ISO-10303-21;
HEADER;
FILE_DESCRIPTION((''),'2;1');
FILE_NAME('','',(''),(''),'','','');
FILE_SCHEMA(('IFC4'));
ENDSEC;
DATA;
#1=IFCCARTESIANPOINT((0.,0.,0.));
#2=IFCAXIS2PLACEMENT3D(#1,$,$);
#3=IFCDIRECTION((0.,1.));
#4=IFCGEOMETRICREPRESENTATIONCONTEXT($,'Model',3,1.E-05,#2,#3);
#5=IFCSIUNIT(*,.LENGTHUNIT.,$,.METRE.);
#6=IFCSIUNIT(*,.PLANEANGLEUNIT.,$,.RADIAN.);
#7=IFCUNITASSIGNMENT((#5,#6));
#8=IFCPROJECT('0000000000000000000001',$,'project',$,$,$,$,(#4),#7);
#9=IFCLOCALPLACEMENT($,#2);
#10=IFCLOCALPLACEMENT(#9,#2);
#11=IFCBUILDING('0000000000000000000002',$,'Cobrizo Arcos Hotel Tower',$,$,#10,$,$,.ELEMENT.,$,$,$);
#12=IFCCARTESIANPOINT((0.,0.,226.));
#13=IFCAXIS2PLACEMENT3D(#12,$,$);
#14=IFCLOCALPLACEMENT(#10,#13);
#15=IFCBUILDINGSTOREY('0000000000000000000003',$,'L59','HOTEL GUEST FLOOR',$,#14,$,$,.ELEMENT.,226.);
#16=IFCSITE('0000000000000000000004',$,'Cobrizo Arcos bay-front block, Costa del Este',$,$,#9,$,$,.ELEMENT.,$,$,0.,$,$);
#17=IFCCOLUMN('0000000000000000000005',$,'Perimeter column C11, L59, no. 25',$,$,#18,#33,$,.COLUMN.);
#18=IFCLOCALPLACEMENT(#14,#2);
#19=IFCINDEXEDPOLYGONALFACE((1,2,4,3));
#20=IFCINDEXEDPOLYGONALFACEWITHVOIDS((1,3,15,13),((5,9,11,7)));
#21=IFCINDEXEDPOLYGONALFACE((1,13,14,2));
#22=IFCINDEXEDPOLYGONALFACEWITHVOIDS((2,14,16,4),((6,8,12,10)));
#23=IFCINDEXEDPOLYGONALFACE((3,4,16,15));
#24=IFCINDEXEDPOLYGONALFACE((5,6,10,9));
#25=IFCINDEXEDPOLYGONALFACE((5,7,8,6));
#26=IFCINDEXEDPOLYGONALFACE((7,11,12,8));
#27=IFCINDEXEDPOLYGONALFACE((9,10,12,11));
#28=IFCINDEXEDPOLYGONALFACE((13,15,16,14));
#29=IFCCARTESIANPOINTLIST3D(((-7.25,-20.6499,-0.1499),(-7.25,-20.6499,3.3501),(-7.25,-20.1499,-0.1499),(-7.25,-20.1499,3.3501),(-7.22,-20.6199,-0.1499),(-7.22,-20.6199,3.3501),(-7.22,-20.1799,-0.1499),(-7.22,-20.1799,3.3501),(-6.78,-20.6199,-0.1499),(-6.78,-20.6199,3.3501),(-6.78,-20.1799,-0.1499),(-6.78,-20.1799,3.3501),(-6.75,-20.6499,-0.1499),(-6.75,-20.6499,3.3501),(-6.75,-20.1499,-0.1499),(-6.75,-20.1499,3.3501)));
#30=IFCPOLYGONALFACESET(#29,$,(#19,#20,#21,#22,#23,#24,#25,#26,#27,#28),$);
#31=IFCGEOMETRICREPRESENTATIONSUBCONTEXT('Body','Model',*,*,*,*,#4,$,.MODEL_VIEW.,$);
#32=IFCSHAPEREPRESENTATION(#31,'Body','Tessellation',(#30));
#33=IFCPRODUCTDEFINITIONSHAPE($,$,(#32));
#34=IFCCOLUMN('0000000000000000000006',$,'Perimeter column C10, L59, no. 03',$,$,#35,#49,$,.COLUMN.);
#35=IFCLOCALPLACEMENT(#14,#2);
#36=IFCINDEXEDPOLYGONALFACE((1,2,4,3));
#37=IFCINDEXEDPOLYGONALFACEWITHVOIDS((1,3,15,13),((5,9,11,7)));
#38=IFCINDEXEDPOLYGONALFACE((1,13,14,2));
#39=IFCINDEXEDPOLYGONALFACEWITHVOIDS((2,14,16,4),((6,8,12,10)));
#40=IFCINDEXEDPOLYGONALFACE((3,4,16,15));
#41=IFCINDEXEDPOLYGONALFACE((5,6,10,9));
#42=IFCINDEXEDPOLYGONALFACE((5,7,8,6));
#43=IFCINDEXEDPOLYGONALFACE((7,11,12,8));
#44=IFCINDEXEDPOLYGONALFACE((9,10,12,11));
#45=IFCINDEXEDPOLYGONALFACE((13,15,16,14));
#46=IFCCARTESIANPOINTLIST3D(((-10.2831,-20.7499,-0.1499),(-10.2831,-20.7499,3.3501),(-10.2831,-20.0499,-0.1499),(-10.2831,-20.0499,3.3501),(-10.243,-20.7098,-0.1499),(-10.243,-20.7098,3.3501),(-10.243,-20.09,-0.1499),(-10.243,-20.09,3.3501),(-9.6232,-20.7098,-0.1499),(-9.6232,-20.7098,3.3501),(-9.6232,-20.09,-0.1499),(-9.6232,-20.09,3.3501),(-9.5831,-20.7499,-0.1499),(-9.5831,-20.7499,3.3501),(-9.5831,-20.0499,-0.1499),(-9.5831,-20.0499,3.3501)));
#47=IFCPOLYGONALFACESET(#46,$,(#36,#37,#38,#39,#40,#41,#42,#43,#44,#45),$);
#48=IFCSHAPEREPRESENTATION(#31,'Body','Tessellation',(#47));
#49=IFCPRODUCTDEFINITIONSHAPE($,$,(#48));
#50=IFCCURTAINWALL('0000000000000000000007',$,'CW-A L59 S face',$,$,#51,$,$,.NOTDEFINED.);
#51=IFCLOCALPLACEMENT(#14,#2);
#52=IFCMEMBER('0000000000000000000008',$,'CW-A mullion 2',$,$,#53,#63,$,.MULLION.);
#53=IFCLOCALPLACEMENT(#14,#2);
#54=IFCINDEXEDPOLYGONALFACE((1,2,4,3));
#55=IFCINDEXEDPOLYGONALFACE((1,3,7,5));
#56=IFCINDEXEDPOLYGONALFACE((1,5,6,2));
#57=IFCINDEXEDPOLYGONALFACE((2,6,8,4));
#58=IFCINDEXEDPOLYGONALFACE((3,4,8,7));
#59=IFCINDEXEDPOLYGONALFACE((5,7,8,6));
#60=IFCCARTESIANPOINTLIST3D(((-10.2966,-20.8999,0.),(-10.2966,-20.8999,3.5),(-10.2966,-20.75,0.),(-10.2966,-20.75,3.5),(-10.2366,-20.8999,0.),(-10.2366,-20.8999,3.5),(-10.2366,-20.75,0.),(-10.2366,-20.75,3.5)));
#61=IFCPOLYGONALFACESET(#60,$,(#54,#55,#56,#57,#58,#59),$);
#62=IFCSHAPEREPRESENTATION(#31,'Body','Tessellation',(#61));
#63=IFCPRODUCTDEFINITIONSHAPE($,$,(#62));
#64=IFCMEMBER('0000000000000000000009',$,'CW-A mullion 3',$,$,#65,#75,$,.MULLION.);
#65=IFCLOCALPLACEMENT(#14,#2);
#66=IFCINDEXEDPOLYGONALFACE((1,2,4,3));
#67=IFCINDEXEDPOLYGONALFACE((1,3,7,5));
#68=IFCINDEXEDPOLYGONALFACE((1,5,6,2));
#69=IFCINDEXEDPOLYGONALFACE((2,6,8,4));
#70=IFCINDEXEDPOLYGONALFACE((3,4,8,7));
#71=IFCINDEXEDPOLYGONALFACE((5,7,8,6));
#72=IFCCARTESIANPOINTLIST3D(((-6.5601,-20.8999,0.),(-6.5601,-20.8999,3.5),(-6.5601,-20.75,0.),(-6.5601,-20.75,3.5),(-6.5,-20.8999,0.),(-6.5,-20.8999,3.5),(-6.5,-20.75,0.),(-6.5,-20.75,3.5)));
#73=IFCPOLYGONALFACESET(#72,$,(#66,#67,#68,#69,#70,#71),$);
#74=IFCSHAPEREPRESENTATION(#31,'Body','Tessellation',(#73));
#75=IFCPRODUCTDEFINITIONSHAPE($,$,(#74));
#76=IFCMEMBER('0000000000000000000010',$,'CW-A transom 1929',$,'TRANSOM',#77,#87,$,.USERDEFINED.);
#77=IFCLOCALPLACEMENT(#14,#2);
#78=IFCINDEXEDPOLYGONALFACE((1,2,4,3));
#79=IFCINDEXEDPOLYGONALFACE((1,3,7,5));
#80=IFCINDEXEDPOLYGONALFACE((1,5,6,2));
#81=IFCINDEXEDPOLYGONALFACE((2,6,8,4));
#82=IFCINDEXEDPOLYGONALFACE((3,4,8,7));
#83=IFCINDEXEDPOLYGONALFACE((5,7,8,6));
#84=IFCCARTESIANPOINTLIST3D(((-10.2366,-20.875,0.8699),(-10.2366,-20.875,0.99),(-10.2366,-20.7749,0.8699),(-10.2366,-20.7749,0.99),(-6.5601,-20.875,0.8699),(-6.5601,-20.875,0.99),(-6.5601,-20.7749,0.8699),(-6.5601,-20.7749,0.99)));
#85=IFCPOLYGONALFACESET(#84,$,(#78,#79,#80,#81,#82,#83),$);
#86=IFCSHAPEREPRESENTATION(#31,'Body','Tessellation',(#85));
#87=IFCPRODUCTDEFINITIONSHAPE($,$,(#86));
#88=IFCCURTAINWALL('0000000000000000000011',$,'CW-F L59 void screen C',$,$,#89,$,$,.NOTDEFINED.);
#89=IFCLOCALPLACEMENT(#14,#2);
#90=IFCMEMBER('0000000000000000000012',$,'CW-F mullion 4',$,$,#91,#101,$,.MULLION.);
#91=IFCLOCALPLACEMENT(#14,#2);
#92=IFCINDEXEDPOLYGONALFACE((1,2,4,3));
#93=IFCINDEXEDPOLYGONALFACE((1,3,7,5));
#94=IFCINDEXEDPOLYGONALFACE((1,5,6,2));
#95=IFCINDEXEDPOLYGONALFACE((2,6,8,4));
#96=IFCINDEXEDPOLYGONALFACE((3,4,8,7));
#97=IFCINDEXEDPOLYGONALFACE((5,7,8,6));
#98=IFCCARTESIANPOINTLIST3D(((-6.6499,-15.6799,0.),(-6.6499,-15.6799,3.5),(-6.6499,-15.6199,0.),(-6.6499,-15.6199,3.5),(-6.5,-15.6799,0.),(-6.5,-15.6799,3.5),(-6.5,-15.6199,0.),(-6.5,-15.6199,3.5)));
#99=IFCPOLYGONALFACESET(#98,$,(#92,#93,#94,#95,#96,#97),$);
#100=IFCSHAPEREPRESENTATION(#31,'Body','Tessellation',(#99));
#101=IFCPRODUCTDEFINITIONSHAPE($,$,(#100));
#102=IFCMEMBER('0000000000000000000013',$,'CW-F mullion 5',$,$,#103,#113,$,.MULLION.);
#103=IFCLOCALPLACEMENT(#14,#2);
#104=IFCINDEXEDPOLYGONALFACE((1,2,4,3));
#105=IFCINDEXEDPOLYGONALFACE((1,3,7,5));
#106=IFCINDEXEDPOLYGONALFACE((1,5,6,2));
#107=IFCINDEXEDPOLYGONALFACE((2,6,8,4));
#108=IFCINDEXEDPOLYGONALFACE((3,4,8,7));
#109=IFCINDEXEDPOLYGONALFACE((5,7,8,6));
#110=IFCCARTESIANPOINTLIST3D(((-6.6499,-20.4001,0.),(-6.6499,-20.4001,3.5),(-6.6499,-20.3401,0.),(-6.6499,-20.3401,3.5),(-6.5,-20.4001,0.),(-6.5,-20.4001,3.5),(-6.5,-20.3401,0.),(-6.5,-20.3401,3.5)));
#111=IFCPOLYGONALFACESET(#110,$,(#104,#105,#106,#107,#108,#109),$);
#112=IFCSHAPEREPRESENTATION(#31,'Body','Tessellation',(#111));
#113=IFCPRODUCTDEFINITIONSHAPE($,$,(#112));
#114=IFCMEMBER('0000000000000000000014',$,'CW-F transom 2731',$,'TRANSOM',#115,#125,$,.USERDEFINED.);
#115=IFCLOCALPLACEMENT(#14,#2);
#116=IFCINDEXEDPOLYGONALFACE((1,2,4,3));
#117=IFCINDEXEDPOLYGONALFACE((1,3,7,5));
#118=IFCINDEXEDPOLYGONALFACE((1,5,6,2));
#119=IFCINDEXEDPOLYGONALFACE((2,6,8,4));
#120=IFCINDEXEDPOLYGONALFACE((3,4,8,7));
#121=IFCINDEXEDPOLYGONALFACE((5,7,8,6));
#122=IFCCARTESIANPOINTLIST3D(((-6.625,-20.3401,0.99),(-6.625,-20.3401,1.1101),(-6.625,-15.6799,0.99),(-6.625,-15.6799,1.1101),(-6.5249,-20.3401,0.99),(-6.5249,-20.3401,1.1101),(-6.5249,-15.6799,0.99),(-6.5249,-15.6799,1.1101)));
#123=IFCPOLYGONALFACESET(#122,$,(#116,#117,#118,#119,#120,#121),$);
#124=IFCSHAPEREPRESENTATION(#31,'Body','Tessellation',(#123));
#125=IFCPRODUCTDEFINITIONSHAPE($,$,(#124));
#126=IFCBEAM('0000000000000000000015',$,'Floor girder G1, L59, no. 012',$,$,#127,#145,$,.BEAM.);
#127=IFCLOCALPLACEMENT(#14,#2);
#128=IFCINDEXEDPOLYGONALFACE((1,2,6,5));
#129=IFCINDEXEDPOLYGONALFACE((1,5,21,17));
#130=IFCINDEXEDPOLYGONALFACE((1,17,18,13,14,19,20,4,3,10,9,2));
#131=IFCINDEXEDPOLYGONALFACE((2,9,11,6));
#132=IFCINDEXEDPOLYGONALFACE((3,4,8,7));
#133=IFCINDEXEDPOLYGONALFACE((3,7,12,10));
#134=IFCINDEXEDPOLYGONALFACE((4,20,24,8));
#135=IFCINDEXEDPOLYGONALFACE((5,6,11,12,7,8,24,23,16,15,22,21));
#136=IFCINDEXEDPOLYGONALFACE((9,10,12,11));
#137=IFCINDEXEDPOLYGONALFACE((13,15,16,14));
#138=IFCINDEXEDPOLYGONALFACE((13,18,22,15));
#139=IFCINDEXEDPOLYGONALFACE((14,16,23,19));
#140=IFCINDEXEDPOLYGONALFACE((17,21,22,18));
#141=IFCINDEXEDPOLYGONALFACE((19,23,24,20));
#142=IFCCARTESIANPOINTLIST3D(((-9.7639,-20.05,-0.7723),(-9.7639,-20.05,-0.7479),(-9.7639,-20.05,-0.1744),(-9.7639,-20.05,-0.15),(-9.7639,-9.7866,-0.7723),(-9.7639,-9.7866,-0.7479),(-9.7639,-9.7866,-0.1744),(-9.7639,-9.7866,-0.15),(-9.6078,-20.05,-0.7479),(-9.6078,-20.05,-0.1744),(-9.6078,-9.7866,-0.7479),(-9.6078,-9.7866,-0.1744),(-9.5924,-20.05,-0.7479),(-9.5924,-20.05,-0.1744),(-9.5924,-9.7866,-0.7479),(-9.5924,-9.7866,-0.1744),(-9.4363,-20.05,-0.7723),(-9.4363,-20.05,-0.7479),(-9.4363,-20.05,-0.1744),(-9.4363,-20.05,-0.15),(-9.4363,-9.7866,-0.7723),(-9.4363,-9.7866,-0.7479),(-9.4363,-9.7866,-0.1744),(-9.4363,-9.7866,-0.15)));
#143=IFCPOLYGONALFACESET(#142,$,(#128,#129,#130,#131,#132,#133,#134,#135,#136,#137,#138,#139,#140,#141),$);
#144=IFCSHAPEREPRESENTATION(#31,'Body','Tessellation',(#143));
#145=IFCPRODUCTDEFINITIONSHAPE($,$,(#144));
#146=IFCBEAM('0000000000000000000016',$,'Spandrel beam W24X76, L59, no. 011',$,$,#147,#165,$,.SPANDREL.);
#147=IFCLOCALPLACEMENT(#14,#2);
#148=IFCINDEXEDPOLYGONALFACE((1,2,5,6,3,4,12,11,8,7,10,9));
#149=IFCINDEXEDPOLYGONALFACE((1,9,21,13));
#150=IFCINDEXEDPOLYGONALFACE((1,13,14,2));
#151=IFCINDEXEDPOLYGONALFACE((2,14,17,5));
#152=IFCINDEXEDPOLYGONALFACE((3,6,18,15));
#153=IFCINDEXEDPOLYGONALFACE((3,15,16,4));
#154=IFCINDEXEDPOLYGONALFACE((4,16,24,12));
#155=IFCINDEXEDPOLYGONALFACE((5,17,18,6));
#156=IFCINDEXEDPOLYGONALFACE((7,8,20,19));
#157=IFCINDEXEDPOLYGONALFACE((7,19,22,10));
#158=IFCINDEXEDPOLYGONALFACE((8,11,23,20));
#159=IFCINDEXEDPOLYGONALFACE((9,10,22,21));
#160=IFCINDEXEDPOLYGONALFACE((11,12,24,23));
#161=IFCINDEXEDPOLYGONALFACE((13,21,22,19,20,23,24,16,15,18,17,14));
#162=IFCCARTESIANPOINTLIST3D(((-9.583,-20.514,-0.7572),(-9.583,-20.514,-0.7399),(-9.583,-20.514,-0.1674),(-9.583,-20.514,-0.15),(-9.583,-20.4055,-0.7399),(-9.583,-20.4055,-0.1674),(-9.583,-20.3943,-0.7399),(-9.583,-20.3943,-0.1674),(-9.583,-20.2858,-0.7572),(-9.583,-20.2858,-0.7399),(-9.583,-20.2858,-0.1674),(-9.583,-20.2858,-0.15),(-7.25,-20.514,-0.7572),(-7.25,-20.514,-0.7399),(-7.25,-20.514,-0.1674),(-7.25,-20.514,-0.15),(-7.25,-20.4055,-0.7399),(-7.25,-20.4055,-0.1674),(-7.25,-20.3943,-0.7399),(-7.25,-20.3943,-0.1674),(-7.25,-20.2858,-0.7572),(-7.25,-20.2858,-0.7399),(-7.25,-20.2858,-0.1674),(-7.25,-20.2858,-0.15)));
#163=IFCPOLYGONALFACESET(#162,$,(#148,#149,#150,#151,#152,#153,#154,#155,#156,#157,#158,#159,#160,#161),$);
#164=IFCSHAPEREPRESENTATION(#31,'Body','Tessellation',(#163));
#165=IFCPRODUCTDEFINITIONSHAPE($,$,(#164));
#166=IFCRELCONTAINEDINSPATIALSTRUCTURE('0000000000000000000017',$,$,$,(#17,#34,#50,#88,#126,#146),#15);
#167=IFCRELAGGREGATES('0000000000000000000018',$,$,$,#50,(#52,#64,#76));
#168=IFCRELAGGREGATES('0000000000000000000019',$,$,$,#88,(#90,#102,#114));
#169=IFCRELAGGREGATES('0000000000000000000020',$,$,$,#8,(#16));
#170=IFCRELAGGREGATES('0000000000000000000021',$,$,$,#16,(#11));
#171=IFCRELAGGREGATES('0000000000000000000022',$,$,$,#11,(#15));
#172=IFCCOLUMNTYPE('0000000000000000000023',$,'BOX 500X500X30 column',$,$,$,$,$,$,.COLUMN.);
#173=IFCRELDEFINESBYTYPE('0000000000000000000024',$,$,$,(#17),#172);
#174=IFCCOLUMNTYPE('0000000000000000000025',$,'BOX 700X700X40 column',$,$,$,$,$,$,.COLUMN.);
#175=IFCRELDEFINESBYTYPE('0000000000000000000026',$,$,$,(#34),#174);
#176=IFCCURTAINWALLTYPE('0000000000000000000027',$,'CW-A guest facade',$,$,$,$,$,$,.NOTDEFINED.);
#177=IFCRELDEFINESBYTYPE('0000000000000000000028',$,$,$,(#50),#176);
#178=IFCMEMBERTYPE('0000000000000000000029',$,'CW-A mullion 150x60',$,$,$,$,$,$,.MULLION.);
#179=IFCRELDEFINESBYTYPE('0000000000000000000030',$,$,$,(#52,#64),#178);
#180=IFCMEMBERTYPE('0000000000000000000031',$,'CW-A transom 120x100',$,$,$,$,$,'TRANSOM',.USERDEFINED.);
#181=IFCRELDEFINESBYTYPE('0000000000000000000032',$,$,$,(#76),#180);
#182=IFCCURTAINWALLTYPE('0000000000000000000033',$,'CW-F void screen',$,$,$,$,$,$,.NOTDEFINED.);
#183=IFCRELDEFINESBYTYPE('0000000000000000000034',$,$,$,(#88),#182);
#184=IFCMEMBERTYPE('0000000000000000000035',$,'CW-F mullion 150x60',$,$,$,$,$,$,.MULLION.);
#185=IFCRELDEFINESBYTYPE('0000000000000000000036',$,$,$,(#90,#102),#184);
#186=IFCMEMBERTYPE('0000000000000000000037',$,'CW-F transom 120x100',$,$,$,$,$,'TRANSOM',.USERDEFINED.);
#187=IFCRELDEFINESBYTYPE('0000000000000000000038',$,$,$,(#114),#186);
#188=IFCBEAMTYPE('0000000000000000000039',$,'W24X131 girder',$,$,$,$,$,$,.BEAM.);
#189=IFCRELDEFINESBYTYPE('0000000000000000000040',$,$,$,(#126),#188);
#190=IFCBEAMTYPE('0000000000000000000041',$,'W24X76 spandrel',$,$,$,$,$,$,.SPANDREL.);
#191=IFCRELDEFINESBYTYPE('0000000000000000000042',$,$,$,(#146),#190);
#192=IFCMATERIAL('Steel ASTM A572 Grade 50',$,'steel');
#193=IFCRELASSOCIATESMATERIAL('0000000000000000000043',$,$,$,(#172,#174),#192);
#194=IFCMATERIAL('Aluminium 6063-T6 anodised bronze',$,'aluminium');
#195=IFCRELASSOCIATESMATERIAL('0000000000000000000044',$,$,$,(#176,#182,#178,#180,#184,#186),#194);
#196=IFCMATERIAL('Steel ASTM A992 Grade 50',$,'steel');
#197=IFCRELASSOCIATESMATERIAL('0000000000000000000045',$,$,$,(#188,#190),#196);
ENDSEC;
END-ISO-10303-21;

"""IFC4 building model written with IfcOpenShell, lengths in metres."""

from ifc_helpers import new_model, si_unit, direction, frame, origin, origin_2d, place, context, subcontext, project, spatial, rectangle, hollow_rectangle, i_section, extrude, material, material_profile, profile_set, type_object, element, aggregate, save


model = new_model("IFC4")

# Units and contexts
model_context = context("Model", 3, precision=1e-05, world=origin(), true_north=direction((0.0, 1.0)))
body_context = subcontext(model_context, "Body", "Model", "MODEL_VIEW")
ifc_project = project(units=[si_unit("LENGTHUNIT", "METRE"), si_unit("PLANEANGLEUNIT", "RADIAN")], contexts=[model_context])

# Site, building, storey
site_placement = place(None, origin())
site = spatial("IfcSite", under=ifc_project, at=site_placement, Name="Cobrizo Arcos bay-front block, Costa del Este", CompositionType="ELEMENT", RefElevation=0.0)
building_placement = place(site_placement, origin())
building = spatial("IfcBuilding", under=site, at=building_placement, Name="Cobrizo Arcos Hotel Tower", CompositionType="ELEMENT")
storey_placement = place(building_placement, frame((0.0, 0.0, 226.0)))
storey = spatial("IfcBuildingStorey", under=building, at=storey_placement, Name="L59", Description="HOTEL GUEST FLOOR", CompositionType="ELEMENT", Elevation=226.0)

# Columns
ifc_material_1 = material(Name="Steel ASTM A572 Grade 50", Category="steel")
ifc_material_profile_1 = material_profile(ifc_material_1, hollow_rectangle(XDim=0.5, YDim=0.5, WallThickness=0.03, at=origin_2d()), Name="BOX 500X500X30")
ifc_profile_set_1 = profile_set([ifc_material_profile_1], Name="Steel ASTM A572 Grade 50")
column_type_1 = type_object("IfcColumnType", Name="BOX 500X500X30 column", PredefinedType="COLUMN", material=ifc_profile_set_1)
column_1_placement = place(storey_placement, frame((-7.0, -20.3999, -0.1499), z_axis=(0.0, 0.0, 1.0), x_axis=(1.0, 0.0, 0.0)))
element("IfcColumn", 1, at=column_1_placement, inside=storey, type_object=column_type_1, Name="Perimeter column C11, L59, no. 25", PredefinedType="COLUMN", context=body_context, shape_type="SweptSolid", body=[
    extrude(hollow_rectangle(XDim=0.5, YDim=0.5, WallThickness=0.03, at=origin_2d()), origin(), (0.0, 0.0, 1.0), 3.5),
])
ifc_material_profile_2 = material_profile(ifc_material_1, hollow_rectangle(XDim=0.7, YDim=0.7, WallThickness=0.04, at=origin_2d()), Name="BOX 700X700X40")
ifc_profile_set_2 = profile_set([ifc_material_profile_2], Name="Steel ASTM A572 Grade 50")
column_type_2 = type_object("IfcColumnType", Name="BOX 700X700X40 column", PredefinedType="COLUMN", material=ifc_profile_set_2)
column_2_placement = place(storey_placement, frame((-9.9331, -20.3999, -0.1499), z_axis=(0.0, 0.0, 1.0), x_axis=(1.0, 0.0, 0.0)))
element("IfcColumn", 2, at=column_2_placement, inside=storey, type_object=column_type_2, Name="Perimeter column C10, L59, no. 03", PredefinedType="COLUMN", context=body_context, shape_type="SweptSolid", body=[
    extrude(hollow_rectangle(XDim=0.7, YDim=0.7, WallThickness=0.04, at=origin_2d()), origin(), (0.0, 0.0, 1.0), 3.5),
])

# Curtain walls, members
ifc_material_2 = material(Name="Aluminium 6063-T6 anodised bronze", Category="aluminium")
curtain_wall_type_1 = type_object("IfcCurtainWallType", Name="CW-A guest facade", PredefinedType="NOTDEFINED", material=ifc_material_2)
curtain_wall_1_placement = place(storey_placement, origin())
curtain_wall_1 = element("IfcCurtainWall", 3, at=curtain_wall_1_placement, inside=storey, type_object=curtain_wall_type_1, Name="CW-A L59 S face", PredefinedType="NOTDEFINED")
ifc_material_profile_3 = material_profile(ifc_material_2, rectangle(XDim=0.1499, YDim=0.0601, at=origin_2d()), Name="CW-A mullion 150x60")
ifc_profile_set_3 = profile_set([ifc_material_profile_3], Name="Aluminium 6063-T6 anodised bronze")
member_type_1 = type_object("IfcMemberType", Name="CW-A mullion 150x60", PredefinedType="MULLION", material=ifc_profile_set_3)
member_1_placement = place(storey_placement, frame((-10.2666, -20.825, 0.0), z_axis=(0.0, 0.0, 1.0), x_axis=(0.0, -1.0, 0.0)))
member_1 = element("IfcMember", 4, at=member_1_placement, type_object=member_type_1, Name="CW-A mullion 2", PredefinedType="MULLION", context=body_context, shape_type="SweptSolid", body=[
    extrude(rectangle(XDim=0.1499, YDim=0.0601, at=origin_2d()), origin(), (0.0, 0.0, 1.0), 3.5),
])
member_2_placement = place(storey_placement, frame((-6.53, -20.825, 0.0), z_axis=(0.0, 0.0, 1.0), x_axis=(0.0, -1.0, 0.0)))
member_2 = element("IfcMember", 5, at=member_2_placement, type_object=member_type_1, Name="CW-A mullion 3", PredefinedType="MULLION", context=body_context, shape_type="SweptSolid", body=[
    extrude(rectangle(XDim=0.1499, YDim=0.0601, at=origin_2d()), origin(), (0.0, 0.0, 1.0), 3.5),
])
ifc_material_profile_4 = material_profile(ifc_material_2, rectangle(XDim=0.1001, YDim=0.1201, at=origin_2d()), Name="CW-A transom 120x100")
ifc_profile_set_4 = profile_set([ifc_material_profile_4], Name="Aluminium 6063-T6 anodised bronze")
member_type_2 = type_object("IfcMemberType", Name="CW-A transom 120x100", ElementType="TRANSOM", PredefinedType="USERDEFINED", material=ifc_profile_set_4)
member_3_placement = place(storey_placement, frame((-10.2366, -20.825, 0.9299), z_axis=(1.0, 0.0, 0.0), x_axis=(0.0, 1.0, 0.0)))
member_3 = element("IfcMember", 6, at=member_3_placement, type_object=member_type_2, Name="CW-A transom 1929", ObjectType="TRANSOM", PredefinedType="USERDEFINED", context=body_context, shape_type="SweptSolid", body=[
    extrude(rectangle(XDim=0.1001, YDim=0.1201, at=origin_2d()), origin(), (0.0, 0.0, 1.0), 3.6765),
])
curtain_wall_type_2 = type_object("IfcCurtainWallType", Name="CW-F void screen", PredefinedType="NOTDEFINED", material=ifc_material_2)
curtain_wall_2_placement = place(storey_placement, origin())
curtain_wall_2 = element("IfcCurtainWall", 7, at=curtain_wall_2_placement, inside=storey, type_object=curtain_wall_type_2, Name="CW-F L59 void screen C", PredefinedType="NOTDEFINED")
ifc_material_profile_5 = material_profile(ifc_material_2, rectangle(XDim=0.1499, YDim=0.0601, at=origin_2d()), Name="CW-F mullion 150x60")
ifc_profile_set_5 = profile_set([ifc_material_profile_5], Name="Aluminium 6063-T6 anodised bronze")
member_type_3 = type_object("IfcMemberType", Name="CW-F mullion 150x60", PredefinedType="MULLION", material=ifc_profile_set_5)
member_4_placement = place(storey_placement, frame((-6.575, -15.6499, 0.0), z_axis=(0.0, 0.0, 1.0), x_axis=(-1.0, 0.0, 0.0)))
member_4 = element("IfcMember", 8, at=member_4_placement, type_object=member_type_3, Name="CW-F mullion 4", PredefinedType="MULLION", context=body_context, shape_type="SweptSolid", body=[
    extrude(rectangle(XDim=0.1499, YDim=0.0601, at=origin_2d()), origin(), (0.0, 0.0, 1.0), 3.5),
])
member_5_placement = place(storey_placement, frame((-6.575, -20.3701, 0.0), z_axis=(0.0, 0.0, 1.0), x_axis=(-1.0, 0.0, 0.0)))
member_5 = element("IfcMember", 9, at=member_5_placement, type_object=member_type_3, Name="CW-F mullion 5", PredefinedType="MULLION", context=body_context, shape_type="SweptSolid", body=[
    extrude(rectangle(XDim=0.1499, YDim=0.0601, at=origin_2d()), origin(), (0.0, 0.0, 1.0), 3.5),
])
ifc_material_profile_6 = material_profile(ifc_material_2, rectangle(XDim=0.1001, YDim=0.1201, at=origin_2d()), Name="CW-F transom 120x100")
ifc_profile_set_6 = profile_set([ifc_material_profile_6], Name="Aluminium 6063-T6 anodised bronze")
member_type_4 = type_object("IfcMemberType", Name="CW-F transom 120x100", ElementType="TRANSOM", PredefinedType="USERDEFINED", material=ifc_profile_set_6)
member_6_placement = place(storey_placement, frame((-6.575, -15.6799, 1.05), z_axis=(0.0, -1.0, 0.0), x_axis=(1.0, 0.0, 0.0)))
member_6 = element("IfcMember", 10, at=member_6_placement, type_object=member_type_4, Name="CW-F transom 2731", ObjectType="TRANSOM", PredefinedType="USERDEFINED", context=body_context, shape_type="SweptSolid", body=[
    extrude(rectangle(XDim=0.1001, YDim=0.1201, at=origin_2d()), origin(), (0.0, 0.0, 1.0), 4.6602),
])

# Beams
ifc_material_3 = material(Name="Steel ASTM A992 Grade 50", Category="steel")
ifc_material_profile_7 = material_profile(ifc_material_3, i_section(OverallWidth=0.3276, OverallDepth=0.6223, WebThickness=0.0154, FlangeThickness=0.0244, at=origin_2d()), Name="W24X131")
ifc_profile_set_7 = profile_set([ifc_material_profile_7], Name="Steel ASTM A992 Grade 50")
beam_type_1 = type_object("IfcBeamType", Name="W24X131 girder", PredefinedType="BEAM", material=ifc_profile_set_7)
beam_1_placement = place(storey_placement, frame((-9.6001, -20.05, -0.4612), z_axis=(0.0, 1.0, 0.0), x_axis=(-1.0, 0.0, 0.0)))
element("IfcBeam", 11, at=beam_1_placement, inside=storey, type_object=beam_type_1, Name="Floor girder G1, L59, no. 012", PredefinedType="BEAM", context=body_context, shape_type="SweptSolid", body=[
    extrude(i_section(OverallWidth=0.3276, OverallDepth=0.6223, WebThickness=0.0154, FlangeThickness=0.0244, at=origin_2d()), origin(), (0.0, 0.0, 1.0), 10.2634),
])
ifc_material_profile_8 = material_profile(ifc_material_3, i_section(OverallWidth=0.2283, OverallDepth=0.6072, WebThickness=0.0112, FlangeThickness=0.0173, at=origin_2d()), Name="W24X76")
ifc_profile_set_8 = profile_set([ifc_material_profile_8], Name="Steel ASTM A992 Grade 50")
beam_type_2 = type_object("IfcBeamType", Name="W24X76 spandrel", PredefinedType="SPANDREL", material=ifc_profile_set_8)
beam_2_placement = place(storey_placement, frame((-7.25, -20.3999, -0.4536), z_axis=(-1.0, 0.0, 0.0), x_axis=(0.0, -1.0, 0.0)))
element("IfcBeam", 12, at=beam_2_placement, inside=storey, type_object=beam_type_2, Name="Spandrel beam W24X76, L59, no. 011", PredefinedType="SPANDREL", context=body_context, shape_type="SweptSolid", body=[
    extrude(i_section(OverallWidth=0.2283, OverallDepth=0.6072, WebThickness=0.0112, FlangeThickness=0.0173, at=origin_2d()), origin(), (0.0, 0.0, 1.0), 2.333),
])

aggregate(curtain_wall_1, [member_1, member_2, member_3])
aggregate(curtain_wall_2, [member_4, member_5, member_6])

save(model, "model.ifc")
